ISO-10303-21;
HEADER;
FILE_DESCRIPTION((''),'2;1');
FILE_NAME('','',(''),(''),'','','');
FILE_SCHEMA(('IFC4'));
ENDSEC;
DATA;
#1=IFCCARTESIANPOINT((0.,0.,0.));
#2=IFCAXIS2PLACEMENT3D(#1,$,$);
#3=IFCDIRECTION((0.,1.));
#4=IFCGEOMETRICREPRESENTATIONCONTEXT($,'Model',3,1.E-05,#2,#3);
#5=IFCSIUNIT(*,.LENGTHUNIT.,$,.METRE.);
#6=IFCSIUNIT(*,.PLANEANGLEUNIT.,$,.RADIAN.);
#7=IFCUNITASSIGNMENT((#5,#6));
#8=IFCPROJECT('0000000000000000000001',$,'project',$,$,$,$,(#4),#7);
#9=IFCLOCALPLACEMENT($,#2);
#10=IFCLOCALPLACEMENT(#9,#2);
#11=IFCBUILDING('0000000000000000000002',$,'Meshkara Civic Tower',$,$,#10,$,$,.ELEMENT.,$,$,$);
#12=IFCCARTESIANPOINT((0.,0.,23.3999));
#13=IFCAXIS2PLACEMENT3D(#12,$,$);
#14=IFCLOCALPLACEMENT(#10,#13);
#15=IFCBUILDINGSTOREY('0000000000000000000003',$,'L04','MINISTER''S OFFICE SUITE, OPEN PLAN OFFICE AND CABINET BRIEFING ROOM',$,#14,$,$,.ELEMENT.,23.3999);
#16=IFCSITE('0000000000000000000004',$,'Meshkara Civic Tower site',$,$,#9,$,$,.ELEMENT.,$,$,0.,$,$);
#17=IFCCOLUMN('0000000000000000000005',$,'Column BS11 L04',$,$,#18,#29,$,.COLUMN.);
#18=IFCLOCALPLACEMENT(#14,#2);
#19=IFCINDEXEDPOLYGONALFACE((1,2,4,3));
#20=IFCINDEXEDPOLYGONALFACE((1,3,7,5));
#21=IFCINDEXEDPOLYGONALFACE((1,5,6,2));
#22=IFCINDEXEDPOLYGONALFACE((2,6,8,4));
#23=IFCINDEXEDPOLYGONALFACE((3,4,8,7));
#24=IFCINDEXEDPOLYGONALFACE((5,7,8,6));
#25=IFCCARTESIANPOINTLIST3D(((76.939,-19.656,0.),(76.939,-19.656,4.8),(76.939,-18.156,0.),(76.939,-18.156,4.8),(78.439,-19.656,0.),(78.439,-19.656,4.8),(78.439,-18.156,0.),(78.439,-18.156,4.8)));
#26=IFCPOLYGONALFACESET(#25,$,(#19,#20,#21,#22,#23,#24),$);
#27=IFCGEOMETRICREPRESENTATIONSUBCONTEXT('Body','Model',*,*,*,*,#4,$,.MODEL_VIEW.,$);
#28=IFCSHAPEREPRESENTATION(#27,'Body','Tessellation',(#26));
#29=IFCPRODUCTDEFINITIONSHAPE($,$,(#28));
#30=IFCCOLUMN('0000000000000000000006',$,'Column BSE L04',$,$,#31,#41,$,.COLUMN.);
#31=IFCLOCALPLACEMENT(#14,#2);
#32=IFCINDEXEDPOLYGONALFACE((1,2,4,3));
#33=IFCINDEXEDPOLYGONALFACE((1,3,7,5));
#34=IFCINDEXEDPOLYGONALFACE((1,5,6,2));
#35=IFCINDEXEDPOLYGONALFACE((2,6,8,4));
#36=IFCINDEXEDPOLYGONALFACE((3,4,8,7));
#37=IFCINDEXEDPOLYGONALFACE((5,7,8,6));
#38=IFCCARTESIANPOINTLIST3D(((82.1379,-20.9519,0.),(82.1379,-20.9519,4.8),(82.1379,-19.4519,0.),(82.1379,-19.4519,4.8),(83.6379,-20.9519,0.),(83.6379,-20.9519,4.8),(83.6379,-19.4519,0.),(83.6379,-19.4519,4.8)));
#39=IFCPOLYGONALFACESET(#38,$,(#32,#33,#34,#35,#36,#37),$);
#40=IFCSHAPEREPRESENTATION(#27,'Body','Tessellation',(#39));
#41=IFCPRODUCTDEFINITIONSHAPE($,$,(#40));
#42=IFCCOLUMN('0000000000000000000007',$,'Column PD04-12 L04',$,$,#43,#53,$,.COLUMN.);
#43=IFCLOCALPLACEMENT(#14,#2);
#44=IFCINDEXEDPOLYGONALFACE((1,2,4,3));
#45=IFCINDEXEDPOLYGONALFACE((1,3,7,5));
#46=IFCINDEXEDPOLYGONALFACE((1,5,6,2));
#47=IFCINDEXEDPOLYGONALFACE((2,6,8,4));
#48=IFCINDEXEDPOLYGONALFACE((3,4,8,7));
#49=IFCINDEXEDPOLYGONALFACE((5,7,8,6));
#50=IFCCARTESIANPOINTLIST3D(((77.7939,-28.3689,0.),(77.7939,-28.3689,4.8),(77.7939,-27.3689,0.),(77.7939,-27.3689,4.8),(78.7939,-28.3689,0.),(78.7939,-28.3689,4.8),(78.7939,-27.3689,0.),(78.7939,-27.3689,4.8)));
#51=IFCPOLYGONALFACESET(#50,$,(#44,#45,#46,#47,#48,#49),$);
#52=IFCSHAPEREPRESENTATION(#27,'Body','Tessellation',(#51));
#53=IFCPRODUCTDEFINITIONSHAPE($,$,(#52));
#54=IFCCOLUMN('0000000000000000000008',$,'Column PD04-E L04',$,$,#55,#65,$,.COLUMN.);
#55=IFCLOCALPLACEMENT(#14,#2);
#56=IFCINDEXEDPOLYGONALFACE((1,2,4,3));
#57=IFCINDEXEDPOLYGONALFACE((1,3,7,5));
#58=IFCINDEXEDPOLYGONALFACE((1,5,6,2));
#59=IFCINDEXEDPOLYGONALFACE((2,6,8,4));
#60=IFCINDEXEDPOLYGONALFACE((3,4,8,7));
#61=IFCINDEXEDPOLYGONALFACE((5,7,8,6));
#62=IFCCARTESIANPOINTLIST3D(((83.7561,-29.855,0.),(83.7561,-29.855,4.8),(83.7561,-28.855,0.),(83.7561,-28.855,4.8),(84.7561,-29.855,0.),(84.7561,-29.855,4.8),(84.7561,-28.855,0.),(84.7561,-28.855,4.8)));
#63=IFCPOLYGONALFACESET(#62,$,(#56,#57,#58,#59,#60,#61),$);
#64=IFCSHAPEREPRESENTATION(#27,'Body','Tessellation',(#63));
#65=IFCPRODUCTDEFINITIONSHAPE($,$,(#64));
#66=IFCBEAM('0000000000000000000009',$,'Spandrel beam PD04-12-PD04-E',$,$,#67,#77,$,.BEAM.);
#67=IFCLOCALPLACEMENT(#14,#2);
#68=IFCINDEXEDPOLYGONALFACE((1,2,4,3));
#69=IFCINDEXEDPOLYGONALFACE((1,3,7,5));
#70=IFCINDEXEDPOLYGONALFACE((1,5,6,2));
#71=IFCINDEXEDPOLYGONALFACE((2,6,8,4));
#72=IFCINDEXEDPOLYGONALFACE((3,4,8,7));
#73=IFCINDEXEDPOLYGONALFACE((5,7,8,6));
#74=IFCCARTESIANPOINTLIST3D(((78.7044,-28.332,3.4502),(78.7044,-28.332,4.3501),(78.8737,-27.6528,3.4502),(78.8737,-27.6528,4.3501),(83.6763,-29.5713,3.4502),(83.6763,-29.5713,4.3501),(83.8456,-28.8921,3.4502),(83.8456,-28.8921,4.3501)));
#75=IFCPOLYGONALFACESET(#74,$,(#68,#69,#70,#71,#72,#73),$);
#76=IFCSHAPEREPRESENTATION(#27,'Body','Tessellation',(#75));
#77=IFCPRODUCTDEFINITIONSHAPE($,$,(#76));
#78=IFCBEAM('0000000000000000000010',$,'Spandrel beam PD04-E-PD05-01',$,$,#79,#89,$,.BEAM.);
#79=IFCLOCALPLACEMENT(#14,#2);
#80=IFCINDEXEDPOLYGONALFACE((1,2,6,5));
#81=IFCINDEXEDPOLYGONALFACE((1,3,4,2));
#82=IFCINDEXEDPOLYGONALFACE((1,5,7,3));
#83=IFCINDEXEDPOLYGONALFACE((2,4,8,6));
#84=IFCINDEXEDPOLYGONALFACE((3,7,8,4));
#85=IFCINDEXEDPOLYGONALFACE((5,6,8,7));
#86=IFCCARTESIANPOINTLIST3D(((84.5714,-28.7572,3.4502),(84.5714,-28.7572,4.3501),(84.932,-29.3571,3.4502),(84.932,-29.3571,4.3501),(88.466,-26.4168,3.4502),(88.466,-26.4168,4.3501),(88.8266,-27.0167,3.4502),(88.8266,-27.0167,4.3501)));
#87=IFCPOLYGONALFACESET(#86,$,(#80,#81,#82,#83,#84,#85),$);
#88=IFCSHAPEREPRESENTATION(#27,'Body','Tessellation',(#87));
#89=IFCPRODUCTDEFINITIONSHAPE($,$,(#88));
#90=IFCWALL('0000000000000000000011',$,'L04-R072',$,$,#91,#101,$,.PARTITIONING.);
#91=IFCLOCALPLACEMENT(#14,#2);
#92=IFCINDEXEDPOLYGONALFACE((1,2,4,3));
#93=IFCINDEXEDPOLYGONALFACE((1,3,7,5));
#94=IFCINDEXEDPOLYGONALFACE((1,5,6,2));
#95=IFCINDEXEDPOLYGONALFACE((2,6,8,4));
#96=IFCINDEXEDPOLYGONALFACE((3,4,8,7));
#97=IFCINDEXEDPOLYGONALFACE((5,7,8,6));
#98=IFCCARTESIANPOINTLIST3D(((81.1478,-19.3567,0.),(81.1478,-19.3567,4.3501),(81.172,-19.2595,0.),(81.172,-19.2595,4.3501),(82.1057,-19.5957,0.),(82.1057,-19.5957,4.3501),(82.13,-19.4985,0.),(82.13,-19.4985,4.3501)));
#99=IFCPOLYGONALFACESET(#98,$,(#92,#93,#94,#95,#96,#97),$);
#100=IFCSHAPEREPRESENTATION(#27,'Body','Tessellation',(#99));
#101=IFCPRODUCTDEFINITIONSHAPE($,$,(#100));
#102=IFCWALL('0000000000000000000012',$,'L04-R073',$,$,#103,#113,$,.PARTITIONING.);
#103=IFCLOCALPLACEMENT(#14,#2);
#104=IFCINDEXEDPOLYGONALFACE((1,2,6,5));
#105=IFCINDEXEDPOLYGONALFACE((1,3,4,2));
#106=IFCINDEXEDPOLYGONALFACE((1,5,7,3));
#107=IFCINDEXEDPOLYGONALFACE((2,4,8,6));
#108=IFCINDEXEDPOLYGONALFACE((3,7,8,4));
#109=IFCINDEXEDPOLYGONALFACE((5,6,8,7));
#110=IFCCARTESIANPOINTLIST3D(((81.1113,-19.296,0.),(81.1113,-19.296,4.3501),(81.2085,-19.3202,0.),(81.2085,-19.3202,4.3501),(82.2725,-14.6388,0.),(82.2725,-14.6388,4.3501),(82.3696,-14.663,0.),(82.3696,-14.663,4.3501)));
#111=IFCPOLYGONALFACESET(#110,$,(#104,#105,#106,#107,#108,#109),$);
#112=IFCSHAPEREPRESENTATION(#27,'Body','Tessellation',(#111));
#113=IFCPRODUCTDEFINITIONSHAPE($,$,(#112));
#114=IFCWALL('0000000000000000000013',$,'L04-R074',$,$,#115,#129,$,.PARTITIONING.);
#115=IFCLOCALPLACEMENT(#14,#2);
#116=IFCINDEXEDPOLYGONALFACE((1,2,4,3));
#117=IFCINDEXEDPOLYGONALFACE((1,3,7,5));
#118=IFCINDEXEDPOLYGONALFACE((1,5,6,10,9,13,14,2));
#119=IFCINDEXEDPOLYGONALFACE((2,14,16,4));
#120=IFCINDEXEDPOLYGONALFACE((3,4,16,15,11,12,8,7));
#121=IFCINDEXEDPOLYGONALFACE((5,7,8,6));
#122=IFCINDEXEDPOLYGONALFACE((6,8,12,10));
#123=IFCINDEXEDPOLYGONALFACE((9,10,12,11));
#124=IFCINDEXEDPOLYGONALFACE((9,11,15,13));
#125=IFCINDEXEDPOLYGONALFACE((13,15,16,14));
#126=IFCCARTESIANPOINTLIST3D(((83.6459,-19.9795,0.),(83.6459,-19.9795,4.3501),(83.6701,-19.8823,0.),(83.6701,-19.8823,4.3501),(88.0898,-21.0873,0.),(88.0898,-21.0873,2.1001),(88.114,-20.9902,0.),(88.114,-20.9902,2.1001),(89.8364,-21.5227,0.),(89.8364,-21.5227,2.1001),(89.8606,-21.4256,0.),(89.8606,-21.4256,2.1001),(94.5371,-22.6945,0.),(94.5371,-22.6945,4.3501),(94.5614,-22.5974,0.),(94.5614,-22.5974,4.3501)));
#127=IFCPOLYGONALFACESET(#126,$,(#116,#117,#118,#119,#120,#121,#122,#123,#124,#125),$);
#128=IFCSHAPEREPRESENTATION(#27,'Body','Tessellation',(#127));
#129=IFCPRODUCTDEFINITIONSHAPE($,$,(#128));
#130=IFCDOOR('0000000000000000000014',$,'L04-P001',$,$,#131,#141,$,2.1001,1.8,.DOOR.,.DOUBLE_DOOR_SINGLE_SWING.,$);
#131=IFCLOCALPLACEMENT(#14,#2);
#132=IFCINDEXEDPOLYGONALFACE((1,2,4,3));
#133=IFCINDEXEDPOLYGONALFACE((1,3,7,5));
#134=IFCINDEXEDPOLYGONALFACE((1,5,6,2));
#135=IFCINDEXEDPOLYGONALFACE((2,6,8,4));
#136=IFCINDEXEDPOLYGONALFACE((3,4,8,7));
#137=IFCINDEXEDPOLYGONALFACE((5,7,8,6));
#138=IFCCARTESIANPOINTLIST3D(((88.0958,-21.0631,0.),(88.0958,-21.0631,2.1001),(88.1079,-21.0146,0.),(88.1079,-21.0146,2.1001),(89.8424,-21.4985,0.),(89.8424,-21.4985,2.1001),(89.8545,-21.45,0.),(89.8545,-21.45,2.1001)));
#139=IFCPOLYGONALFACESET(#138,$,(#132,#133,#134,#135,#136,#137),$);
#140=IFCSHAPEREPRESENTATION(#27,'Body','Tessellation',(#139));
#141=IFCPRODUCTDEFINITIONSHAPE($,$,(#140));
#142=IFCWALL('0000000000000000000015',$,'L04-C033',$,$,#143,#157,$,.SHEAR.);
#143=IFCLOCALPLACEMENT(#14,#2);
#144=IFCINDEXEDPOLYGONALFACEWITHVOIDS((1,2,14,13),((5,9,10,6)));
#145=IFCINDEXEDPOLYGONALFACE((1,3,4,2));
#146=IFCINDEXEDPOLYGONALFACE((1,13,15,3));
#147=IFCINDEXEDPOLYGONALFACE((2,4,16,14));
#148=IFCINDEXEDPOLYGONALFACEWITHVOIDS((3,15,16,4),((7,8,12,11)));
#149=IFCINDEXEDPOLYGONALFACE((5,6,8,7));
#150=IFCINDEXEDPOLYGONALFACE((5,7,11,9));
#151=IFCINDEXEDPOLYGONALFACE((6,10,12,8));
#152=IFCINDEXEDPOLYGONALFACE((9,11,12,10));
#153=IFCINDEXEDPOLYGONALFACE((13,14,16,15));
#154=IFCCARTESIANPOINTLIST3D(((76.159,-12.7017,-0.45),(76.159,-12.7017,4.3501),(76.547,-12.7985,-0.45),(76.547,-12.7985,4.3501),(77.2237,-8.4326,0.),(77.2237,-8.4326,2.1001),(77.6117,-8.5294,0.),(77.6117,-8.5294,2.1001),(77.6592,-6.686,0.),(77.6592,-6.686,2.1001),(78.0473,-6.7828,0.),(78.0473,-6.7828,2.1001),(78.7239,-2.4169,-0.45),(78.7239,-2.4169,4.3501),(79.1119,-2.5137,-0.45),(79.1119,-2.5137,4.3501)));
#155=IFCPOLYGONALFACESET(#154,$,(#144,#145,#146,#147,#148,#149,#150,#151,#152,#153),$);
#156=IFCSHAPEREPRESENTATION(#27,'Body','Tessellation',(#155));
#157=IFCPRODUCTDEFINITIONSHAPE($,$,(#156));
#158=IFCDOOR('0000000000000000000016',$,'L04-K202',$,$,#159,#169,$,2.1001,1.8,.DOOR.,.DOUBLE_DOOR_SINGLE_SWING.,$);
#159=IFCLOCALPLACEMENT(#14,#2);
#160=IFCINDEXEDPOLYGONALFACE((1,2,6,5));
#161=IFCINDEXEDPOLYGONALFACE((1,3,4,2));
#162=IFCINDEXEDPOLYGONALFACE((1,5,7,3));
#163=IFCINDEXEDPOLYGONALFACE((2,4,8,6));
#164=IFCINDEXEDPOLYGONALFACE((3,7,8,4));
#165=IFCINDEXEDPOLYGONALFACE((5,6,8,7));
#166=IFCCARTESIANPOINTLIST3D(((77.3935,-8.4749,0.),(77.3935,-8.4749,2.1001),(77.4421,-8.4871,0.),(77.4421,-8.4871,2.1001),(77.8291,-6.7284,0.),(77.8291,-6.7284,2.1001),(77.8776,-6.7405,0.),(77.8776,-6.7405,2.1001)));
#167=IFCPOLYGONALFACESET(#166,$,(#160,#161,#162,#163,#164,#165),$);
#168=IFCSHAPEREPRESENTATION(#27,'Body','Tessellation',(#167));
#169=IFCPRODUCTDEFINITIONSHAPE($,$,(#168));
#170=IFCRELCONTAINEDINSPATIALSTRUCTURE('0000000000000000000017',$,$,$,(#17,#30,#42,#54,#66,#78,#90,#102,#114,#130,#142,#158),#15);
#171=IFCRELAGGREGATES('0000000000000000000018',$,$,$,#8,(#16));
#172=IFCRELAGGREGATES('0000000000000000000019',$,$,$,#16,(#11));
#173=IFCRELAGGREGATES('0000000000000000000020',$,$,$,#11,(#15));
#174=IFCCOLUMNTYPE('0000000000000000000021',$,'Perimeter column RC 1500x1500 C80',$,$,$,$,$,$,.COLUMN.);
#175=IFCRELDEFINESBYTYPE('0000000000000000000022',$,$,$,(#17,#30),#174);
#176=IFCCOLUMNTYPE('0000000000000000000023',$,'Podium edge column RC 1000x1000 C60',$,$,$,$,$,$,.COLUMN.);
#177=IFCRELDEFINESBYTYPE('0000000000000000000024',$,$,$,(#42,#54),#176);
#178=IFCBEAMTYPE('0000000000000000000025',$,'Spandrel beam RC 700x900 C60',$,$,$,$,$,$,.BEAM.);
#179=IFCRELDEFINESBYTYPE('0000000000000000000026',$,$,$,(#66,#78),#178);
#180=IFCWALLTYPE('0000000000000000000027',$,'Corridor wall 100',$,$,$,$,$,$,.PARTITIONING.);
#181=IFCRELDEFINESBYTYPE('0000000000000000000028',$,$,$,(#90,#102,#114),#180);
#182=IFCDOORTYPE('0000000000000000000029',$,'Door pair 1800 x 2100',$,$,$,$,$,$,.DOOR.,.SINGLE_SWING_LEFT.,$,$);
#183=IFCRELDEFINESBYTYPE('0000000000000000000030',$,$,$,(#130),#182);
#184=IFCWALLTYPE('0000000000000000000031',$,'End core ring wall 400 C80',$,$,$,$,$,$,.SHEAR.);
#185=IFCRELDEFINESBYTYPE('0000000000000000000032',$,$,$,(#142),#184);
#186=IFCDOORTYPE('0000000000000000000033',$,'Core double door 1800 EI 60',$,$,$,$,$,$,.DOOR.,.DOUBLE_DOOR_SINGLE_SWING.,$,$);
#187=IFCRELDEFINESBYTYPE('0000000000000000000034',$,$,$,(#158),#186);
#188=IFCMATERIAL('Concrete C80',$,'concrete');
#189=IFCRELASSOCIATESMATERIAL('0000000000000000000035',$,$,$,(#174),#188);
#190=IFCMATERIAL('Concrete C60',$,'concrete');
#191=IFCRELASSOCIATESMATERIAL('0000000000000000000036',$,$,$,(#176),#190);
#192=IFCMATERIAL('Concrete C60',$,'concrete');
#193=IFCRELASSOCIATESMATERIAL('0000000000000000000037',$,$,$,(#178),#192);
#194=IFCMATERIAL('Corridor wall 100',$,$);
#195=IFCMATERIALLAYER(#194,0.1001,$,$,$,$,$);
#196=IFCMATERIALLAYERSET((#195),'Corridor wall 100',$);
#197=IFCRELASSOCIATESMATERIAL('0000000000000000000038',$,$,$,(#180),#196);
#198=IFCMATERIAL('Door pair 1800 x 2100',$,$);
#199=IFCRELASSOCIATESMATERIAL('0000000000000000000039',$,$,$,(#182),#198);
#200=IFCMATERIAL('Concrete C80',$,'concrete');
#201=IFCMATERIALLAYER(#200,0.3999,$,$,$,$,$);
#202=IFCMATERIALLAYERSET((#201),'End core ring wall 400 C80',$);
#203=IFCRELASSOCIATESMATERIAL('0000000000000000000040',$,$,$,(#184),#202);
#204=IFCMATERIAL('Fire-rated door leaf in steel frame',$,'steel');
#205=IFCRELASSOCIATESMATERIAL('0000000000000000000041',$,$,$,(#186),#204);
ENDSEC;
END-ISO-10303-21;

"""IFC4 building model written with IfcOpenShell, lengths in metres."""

from ifc_helpers import new_model, si_unit, direction, frame, frame_2d, origin, origin_2d, place, context, subcontext, project, spatial, rectangle, extrude, material, layer, layer_set, material_profile, profile_set, type_object, element, fill, save


model = new_model("IFC4")

# Units and contexts
model_context = context("Model", 3, precision=1e-05, world=origin(), true_north=direction((0.0, 1.0)))
body_context = subcontext(model_context, "Body", "Model", "MODEL_VIEW")
ifc_project = project(units=[si_unit("LENGTHUNIT", "METRE"), si_unit("PLANEANGLEUNIT", "RADIAN")], contexts=[model_context])

# Site, building, storey
site_placement = place(None, origin())
site = spatial("IfcSite", under=ifc_project, at=site_placement, Name="Meshkara Civic Tower site", CompositionType="ELEMENT", RefElevation=0.0)
building_placement = place(site_placement, origin())
building = spatial("IfcBuilding", under=site, at=building_placement, Name="Meshkara Civic Tower", CompositionType="ELEMENT")
storey_placement = place(building_placement, frame((0.0, 0.0, 23.3999)))
storey = spatial("IfcBuildingStorey", under=building, at=storey_placement, Name="L04", Description="MINISTER'S OFFICE SUITE, OPEN PLAN OFFICE AND CABINET BRIEFING ROOM", CompositionType="ELEMENT", Elevation=23.3999)

# Columns
ifc_material_1 = material(Name="Concrete C80", Category="concrete")
ifc_material_profile_1 = material_profile(ifc_material_1, rectangle(XDim=1.5, YDim=1.5, at=origin_2d()))
ifc_profile_set_1 = profile_set([ifc_material_profile_1], Name="Concrete C80")
column_type_1 = type_object("IfcColumnType", Name="Perimeter column RC 1500x1500 C80", PredefinedType="COLUMN", material=ifc_profile_set_1)
for number, where, z_axis, x_axis, name in (
    (1, (77.689, -18.906, 0.0), (0.0, 0.0, 1.0), (1.0, 0.0, 0.0), "Column BS11 L04"),
    (2, (82.8879, -20.2019, 0.0), (0.0, 0.0, 1.0), (1.0, 0.0, 0.0), "Column BSE L04"),
):
    element("IfcColumn", number, at=place(storey_placement, frame(where, z_axis=z_axis, x_axis=x_axis)), inside=storey, type_object=column_type_1, Name=name, PredefinedType="COLUMN", context=body_context, shape_type="SweptSolid", body=[
        extrude(rectangle(XDim=1.5, YDim=1.5, at=origin_2d()), origin(), (0.0, 0.0, 1.0), 4.8),
    ])
ifc_material_2 = material(Name="Concrete C60", Category="concrete")
ifc_material_profile_2 = material_profile(ifc_material_2, rectangle(XDim=1.0, YDim=1.0, at=origin_2d()))
ifc_profile_set_2 = profile_set([ifc_material_profile_2], Name="Concrete C60")
column_type_2 = type_object("IfcColumnType", Name="Podium edge column RC 1000x1000 C60", PredefinedType="COLUMN", material=ifc_profile_set_2)
for number, where, z_axis, x_axis, name in (
    (3, (78.2939, -27.8689, 0.0), (0.0, 0.0, 1.0), (1.0, 0.0, 0.0), "Column PD04-12 L04"),
    (4, (84.2561, -29.355, 0.0), (0.0, 0.0, 1.0), (1.0, 0.0, 0.0), "Column PD04-E L04"),
):
    element("IfcColumn", number, at=place(storey_placement, frame(where, z_axis=z_axis, x_axis=x_axis)), inside=storey, type_object=column_type_2, Name=name, PredefinedType="COLUMN", context=body_context, shape_type="SweptSolid", body=[
        extrude(rectangle(XDim=1.0, YDim=1.0, at=origin_2d()), origin(), (0.0, 0.0, 1.0), 4.8),
    ])

# Beams
ifc_material_3 = material(Name="Concrete C60", Category="concrete")
ifc_material_profile_3 = material_profile(ifc_material_3, rectangle(XDim=0.7, YDim=0.8999, at=origin_2d()))
ifc_profile_set_3 = profile_set([ifc_material_profile_3], Name="Concrete C60")
beam_type = type_object("IfcBeamType", Name="Spandrel beam RC 700x900 C60", PredefinedType="BEAM", material=ifc_profile_set_3)
beam_1_placement = place(storey_placement, frame((78.7891, -27.9924, 3.9001), z_axis=(0.970313, -0.241852, 0.0), x_axis=(0.241852, 0.970313, 0.0)))
element("IfcBeam", 5, at=beam_1_placement, inside=storey, type_object=beam_type, Name="Spandrel beam PD04-12-PD04-E", PredefinedType="BEAM", context=body_context, shape_type="SweptSolid", body=[
    extrude(rectangle(XDim=0.7, YDim=0.8999, at=origin_2d()), origin(), (0.0, 0.0, 1.0), 5.124),
])
beam_2_placement = place(storey_placement, frame((84.7517, -29.0571, 3.9001), z_axis=(0.857142, 0.51508, 0.0), x_axis=(-0.51508, 0.857142, 0.0)))
element("IfcBeam", 6, at=beam_2_placement, inside=storey, type_object=beam_type, Name="Spandrel beam PD04-E-PD05-01", PredefinedType="BEAM", context=body_context, shape_type="SweptSolid", body=[
    extrude(rectangle(XDim=0.7, YDim=0.8999, at=origin_2d()), origin(), (0.0, 0.0, 1.0), 4.5437),
])

# Walls
ifc_material_4 = material(Name="Corridor wall 100")
ifc_layer_1 = layer(ifc_material_4, 0.1001)
ifc_layer_set_1 = layer_set([ifc_layer_1], Name="Corridor wall 100")
wall_type_1 = type_object("IfcWallType", Name="Corridor wall 100", PredefinedType="PARTITIONING", material=ifc_layer_set_1)
wall_1_placement = place(storey_placement, frame((81.1599, -19.3081, 0.0), z_axis=(0.0, 0.0, 1.0), x_axis=(0.970259, -0.24207, 0.0)))
element("IfcWall", 7, at=wall_1_placement, inside=storey, type_object=wall_type_1, Name="L04-R072", PredefinedType="PARTITIONING", context=body_context, shape_type="SweptSolid", body=[
    extrude(rectangle(XDim=0.9873, YDim=0.1001, at=frame_2d((0.4937, 0.0))), origin(), (0.0, 0.0, 1.0), 4.3501),
])
wall_2_placement = place(storey_placement, frame((82.321, -14.6509, 0.0), z_axis=(0.0, 0.0, 1.0), x_axis=(-0.241913, -0.970298, 0.0)))
element("IfcWall", 8, at=wall_2_placement, inside=storey, type_object=wall_type_1, Name="L04-R073", PredefinedType="PARTITIONING", context=body_context, shape_type="SweptSolid", body=[
    extrude(rectangle(XDim=4.7998, YDim=0.1001, at=frame_2d((2.3999, 0.0))), origin(), (0.0, 0.0, 1.0), 4.3501),
])

# Walls, openings, doors
wall_3_placement = place(storey_placement, frame((83.658, -19.9309, 0.0), z_axis=(0.0, 0.0, 1.0), x_axis=(0.970305, -0.241886, 0.0)))
wall_3 = element("IfcWall", 9, at=wall_3_placement, inside=storey, type_object=wall_type_1, Name="L04-R074", PredefinedType="PARTITIONING", context=body_context, shape_type="SweptSolid", body=[
    extrude(rectangle(XDim=11.2246, YDim=0.1001, at=frame_2d((5.6123, 0.0))), origin(), (0.0, 0.0, 1.0), 4.3501),
])
opening_1_placement = place(wall_3_placement, frame((4.5801, 0.0, 0.0)))
opening_1 = element("IfcOpeningElement", 10, at=opening_1_placement, cuts=wall_3, PredefinedType="OPENING", context=body_context, shape_type="SweptSolid", body=[
    extrude(rectangle(XDim=1.8, YDim=2.1001, at=frame_2d((0.8999, 1.05))), frame((0.0, 0.0601, 0.0), z_axis=(0.0, -1.0, 0.0), x_axis=(1.0, 0.0, 0.0)), (0.0, 0.0, 1.0), 0.1201),
])
ifc_material_5 = material(Name="Door pair 1800 x 2100")
door_type_1 = type_object("IfcDoorType", Name="Door pair 1800 x 2100", OperationType="SINGLE_SWING_LEFT", PredefinedType="DOOR", material=ifc_material_5)
door_1_placement = place(opening_1_placement, origin())
door_1 = element("IfcDoor", 11, at=door_1_placement, inside=storey, type_object=door_type_1, Name="L04-P001", OperationType="DOUBLE_DOOR_SINGLE_SWING", OverallHeight=2.1001, OverallWidth=1.8, PredefinedType="DOOR", context=body_context, shape_type="SweptSolid", body=[
    extrude(rectangle(XDim=1.8, YDim=2.1001, at=frame_2d((0.8999, 1.05))), frame((0.0, 0.0249, 0.0), z_axis=(0.0, -1.0, 0.0), x_axis=(1.0, 0.0, 0.0)), (0.0, 0.0, 1.0), 0.05),
])
fill(opening_1, door_1)
ifc_material_6 = material(Name="Concrete C80", Category="concrete")
ifc_layer_2 = layer(ifc_material_6, 0.3999)
ifc_layer_set_2 = layer_set([ifc_layer_2], Name="End core ring wall 400 C80")
wall_type_2 = type_object("IfcWallType", Name="End core ring wall 400 C80", PredefinedType="SHEAR", material=ifc_layer_set_2)
wall_4_placement = place(storey_placement, frame((76.353, -12.75, -0.45), z_axis=(0.0, 0.0, 1.0), x_axis=(0.241977, 0.970282, 0.0)))
wall_4 = element("IfcWall", 12, at=wall_4_placement, inside=storey, type_object=wall_type_2, Name="L04-C033", PredefinedType="SHEAR", context=body_context, shape_type="SweptSolid", body=[
    extrude(rectangle(XDim=10.5999, YDim=0.3999, at=frame_2d((5.2998, 0.0))), origin(), (0.0, 0.0, 1.0), 4.8),
])
opening_2_placement = place(wall_4_placement, frame((4.3999, 0.0, 0.45)))
opening_2 = element("IfcOpeningElement", 13, at=opening_2_placement, cuts=wall_4, PredefinedType="OPENING", context=body_context, shape_type="SweptSolid", body=[
    extrude(rectangle(XDim=1.8, YDim=2.1001, at=frame_2d((0.8999, 1.05))), frame((0.0, 0.21, 0.0), z_axis=(0.0, -1.0, 0.0), x_axis=(1.0, 0.0, 0.0)), (0.0, 0.0, 1.0), 0.4199),
])
ifc_material_7 = material(Name="Fire-rated door leaf in steel frame", Category="steel")
door_type_2 = type_object("IfcDoorType", Name="Core double door 1800 EI 60", OperationType="DOUBLE_DOOR_SINGLE_SWING", PredefinedType="DOOR", material=ifc_material_7)
door_2_placement = place(opening_2_placement, origin())
door_2 = element("IfcDoor", 14, at=door_2_placement, inside=storey, type_object=door_type_2, Name="L04-K202", OperationType="DOUBLE_DOOR_SINGLE_SWING", OverallHeight=2.1001, OverallWidth=1.8, PredefinedType="DOOR", context=body_context, shape_type="SweptSolid", body=[
    extrude(rectangle(XDim=1.8, YDim=2.1001, at=frame_2d((0.8999, 1.05))), frame((0.0, 0.0249, 0.0), z_axis=(0.0, -1.0, 0.0), x_axis=(1.0, 0.0, 0.0)), (0.0, 0.0, 1.0), 0.05),
])
fill(opening_2, door_2)

save(model, "model.ifc")
